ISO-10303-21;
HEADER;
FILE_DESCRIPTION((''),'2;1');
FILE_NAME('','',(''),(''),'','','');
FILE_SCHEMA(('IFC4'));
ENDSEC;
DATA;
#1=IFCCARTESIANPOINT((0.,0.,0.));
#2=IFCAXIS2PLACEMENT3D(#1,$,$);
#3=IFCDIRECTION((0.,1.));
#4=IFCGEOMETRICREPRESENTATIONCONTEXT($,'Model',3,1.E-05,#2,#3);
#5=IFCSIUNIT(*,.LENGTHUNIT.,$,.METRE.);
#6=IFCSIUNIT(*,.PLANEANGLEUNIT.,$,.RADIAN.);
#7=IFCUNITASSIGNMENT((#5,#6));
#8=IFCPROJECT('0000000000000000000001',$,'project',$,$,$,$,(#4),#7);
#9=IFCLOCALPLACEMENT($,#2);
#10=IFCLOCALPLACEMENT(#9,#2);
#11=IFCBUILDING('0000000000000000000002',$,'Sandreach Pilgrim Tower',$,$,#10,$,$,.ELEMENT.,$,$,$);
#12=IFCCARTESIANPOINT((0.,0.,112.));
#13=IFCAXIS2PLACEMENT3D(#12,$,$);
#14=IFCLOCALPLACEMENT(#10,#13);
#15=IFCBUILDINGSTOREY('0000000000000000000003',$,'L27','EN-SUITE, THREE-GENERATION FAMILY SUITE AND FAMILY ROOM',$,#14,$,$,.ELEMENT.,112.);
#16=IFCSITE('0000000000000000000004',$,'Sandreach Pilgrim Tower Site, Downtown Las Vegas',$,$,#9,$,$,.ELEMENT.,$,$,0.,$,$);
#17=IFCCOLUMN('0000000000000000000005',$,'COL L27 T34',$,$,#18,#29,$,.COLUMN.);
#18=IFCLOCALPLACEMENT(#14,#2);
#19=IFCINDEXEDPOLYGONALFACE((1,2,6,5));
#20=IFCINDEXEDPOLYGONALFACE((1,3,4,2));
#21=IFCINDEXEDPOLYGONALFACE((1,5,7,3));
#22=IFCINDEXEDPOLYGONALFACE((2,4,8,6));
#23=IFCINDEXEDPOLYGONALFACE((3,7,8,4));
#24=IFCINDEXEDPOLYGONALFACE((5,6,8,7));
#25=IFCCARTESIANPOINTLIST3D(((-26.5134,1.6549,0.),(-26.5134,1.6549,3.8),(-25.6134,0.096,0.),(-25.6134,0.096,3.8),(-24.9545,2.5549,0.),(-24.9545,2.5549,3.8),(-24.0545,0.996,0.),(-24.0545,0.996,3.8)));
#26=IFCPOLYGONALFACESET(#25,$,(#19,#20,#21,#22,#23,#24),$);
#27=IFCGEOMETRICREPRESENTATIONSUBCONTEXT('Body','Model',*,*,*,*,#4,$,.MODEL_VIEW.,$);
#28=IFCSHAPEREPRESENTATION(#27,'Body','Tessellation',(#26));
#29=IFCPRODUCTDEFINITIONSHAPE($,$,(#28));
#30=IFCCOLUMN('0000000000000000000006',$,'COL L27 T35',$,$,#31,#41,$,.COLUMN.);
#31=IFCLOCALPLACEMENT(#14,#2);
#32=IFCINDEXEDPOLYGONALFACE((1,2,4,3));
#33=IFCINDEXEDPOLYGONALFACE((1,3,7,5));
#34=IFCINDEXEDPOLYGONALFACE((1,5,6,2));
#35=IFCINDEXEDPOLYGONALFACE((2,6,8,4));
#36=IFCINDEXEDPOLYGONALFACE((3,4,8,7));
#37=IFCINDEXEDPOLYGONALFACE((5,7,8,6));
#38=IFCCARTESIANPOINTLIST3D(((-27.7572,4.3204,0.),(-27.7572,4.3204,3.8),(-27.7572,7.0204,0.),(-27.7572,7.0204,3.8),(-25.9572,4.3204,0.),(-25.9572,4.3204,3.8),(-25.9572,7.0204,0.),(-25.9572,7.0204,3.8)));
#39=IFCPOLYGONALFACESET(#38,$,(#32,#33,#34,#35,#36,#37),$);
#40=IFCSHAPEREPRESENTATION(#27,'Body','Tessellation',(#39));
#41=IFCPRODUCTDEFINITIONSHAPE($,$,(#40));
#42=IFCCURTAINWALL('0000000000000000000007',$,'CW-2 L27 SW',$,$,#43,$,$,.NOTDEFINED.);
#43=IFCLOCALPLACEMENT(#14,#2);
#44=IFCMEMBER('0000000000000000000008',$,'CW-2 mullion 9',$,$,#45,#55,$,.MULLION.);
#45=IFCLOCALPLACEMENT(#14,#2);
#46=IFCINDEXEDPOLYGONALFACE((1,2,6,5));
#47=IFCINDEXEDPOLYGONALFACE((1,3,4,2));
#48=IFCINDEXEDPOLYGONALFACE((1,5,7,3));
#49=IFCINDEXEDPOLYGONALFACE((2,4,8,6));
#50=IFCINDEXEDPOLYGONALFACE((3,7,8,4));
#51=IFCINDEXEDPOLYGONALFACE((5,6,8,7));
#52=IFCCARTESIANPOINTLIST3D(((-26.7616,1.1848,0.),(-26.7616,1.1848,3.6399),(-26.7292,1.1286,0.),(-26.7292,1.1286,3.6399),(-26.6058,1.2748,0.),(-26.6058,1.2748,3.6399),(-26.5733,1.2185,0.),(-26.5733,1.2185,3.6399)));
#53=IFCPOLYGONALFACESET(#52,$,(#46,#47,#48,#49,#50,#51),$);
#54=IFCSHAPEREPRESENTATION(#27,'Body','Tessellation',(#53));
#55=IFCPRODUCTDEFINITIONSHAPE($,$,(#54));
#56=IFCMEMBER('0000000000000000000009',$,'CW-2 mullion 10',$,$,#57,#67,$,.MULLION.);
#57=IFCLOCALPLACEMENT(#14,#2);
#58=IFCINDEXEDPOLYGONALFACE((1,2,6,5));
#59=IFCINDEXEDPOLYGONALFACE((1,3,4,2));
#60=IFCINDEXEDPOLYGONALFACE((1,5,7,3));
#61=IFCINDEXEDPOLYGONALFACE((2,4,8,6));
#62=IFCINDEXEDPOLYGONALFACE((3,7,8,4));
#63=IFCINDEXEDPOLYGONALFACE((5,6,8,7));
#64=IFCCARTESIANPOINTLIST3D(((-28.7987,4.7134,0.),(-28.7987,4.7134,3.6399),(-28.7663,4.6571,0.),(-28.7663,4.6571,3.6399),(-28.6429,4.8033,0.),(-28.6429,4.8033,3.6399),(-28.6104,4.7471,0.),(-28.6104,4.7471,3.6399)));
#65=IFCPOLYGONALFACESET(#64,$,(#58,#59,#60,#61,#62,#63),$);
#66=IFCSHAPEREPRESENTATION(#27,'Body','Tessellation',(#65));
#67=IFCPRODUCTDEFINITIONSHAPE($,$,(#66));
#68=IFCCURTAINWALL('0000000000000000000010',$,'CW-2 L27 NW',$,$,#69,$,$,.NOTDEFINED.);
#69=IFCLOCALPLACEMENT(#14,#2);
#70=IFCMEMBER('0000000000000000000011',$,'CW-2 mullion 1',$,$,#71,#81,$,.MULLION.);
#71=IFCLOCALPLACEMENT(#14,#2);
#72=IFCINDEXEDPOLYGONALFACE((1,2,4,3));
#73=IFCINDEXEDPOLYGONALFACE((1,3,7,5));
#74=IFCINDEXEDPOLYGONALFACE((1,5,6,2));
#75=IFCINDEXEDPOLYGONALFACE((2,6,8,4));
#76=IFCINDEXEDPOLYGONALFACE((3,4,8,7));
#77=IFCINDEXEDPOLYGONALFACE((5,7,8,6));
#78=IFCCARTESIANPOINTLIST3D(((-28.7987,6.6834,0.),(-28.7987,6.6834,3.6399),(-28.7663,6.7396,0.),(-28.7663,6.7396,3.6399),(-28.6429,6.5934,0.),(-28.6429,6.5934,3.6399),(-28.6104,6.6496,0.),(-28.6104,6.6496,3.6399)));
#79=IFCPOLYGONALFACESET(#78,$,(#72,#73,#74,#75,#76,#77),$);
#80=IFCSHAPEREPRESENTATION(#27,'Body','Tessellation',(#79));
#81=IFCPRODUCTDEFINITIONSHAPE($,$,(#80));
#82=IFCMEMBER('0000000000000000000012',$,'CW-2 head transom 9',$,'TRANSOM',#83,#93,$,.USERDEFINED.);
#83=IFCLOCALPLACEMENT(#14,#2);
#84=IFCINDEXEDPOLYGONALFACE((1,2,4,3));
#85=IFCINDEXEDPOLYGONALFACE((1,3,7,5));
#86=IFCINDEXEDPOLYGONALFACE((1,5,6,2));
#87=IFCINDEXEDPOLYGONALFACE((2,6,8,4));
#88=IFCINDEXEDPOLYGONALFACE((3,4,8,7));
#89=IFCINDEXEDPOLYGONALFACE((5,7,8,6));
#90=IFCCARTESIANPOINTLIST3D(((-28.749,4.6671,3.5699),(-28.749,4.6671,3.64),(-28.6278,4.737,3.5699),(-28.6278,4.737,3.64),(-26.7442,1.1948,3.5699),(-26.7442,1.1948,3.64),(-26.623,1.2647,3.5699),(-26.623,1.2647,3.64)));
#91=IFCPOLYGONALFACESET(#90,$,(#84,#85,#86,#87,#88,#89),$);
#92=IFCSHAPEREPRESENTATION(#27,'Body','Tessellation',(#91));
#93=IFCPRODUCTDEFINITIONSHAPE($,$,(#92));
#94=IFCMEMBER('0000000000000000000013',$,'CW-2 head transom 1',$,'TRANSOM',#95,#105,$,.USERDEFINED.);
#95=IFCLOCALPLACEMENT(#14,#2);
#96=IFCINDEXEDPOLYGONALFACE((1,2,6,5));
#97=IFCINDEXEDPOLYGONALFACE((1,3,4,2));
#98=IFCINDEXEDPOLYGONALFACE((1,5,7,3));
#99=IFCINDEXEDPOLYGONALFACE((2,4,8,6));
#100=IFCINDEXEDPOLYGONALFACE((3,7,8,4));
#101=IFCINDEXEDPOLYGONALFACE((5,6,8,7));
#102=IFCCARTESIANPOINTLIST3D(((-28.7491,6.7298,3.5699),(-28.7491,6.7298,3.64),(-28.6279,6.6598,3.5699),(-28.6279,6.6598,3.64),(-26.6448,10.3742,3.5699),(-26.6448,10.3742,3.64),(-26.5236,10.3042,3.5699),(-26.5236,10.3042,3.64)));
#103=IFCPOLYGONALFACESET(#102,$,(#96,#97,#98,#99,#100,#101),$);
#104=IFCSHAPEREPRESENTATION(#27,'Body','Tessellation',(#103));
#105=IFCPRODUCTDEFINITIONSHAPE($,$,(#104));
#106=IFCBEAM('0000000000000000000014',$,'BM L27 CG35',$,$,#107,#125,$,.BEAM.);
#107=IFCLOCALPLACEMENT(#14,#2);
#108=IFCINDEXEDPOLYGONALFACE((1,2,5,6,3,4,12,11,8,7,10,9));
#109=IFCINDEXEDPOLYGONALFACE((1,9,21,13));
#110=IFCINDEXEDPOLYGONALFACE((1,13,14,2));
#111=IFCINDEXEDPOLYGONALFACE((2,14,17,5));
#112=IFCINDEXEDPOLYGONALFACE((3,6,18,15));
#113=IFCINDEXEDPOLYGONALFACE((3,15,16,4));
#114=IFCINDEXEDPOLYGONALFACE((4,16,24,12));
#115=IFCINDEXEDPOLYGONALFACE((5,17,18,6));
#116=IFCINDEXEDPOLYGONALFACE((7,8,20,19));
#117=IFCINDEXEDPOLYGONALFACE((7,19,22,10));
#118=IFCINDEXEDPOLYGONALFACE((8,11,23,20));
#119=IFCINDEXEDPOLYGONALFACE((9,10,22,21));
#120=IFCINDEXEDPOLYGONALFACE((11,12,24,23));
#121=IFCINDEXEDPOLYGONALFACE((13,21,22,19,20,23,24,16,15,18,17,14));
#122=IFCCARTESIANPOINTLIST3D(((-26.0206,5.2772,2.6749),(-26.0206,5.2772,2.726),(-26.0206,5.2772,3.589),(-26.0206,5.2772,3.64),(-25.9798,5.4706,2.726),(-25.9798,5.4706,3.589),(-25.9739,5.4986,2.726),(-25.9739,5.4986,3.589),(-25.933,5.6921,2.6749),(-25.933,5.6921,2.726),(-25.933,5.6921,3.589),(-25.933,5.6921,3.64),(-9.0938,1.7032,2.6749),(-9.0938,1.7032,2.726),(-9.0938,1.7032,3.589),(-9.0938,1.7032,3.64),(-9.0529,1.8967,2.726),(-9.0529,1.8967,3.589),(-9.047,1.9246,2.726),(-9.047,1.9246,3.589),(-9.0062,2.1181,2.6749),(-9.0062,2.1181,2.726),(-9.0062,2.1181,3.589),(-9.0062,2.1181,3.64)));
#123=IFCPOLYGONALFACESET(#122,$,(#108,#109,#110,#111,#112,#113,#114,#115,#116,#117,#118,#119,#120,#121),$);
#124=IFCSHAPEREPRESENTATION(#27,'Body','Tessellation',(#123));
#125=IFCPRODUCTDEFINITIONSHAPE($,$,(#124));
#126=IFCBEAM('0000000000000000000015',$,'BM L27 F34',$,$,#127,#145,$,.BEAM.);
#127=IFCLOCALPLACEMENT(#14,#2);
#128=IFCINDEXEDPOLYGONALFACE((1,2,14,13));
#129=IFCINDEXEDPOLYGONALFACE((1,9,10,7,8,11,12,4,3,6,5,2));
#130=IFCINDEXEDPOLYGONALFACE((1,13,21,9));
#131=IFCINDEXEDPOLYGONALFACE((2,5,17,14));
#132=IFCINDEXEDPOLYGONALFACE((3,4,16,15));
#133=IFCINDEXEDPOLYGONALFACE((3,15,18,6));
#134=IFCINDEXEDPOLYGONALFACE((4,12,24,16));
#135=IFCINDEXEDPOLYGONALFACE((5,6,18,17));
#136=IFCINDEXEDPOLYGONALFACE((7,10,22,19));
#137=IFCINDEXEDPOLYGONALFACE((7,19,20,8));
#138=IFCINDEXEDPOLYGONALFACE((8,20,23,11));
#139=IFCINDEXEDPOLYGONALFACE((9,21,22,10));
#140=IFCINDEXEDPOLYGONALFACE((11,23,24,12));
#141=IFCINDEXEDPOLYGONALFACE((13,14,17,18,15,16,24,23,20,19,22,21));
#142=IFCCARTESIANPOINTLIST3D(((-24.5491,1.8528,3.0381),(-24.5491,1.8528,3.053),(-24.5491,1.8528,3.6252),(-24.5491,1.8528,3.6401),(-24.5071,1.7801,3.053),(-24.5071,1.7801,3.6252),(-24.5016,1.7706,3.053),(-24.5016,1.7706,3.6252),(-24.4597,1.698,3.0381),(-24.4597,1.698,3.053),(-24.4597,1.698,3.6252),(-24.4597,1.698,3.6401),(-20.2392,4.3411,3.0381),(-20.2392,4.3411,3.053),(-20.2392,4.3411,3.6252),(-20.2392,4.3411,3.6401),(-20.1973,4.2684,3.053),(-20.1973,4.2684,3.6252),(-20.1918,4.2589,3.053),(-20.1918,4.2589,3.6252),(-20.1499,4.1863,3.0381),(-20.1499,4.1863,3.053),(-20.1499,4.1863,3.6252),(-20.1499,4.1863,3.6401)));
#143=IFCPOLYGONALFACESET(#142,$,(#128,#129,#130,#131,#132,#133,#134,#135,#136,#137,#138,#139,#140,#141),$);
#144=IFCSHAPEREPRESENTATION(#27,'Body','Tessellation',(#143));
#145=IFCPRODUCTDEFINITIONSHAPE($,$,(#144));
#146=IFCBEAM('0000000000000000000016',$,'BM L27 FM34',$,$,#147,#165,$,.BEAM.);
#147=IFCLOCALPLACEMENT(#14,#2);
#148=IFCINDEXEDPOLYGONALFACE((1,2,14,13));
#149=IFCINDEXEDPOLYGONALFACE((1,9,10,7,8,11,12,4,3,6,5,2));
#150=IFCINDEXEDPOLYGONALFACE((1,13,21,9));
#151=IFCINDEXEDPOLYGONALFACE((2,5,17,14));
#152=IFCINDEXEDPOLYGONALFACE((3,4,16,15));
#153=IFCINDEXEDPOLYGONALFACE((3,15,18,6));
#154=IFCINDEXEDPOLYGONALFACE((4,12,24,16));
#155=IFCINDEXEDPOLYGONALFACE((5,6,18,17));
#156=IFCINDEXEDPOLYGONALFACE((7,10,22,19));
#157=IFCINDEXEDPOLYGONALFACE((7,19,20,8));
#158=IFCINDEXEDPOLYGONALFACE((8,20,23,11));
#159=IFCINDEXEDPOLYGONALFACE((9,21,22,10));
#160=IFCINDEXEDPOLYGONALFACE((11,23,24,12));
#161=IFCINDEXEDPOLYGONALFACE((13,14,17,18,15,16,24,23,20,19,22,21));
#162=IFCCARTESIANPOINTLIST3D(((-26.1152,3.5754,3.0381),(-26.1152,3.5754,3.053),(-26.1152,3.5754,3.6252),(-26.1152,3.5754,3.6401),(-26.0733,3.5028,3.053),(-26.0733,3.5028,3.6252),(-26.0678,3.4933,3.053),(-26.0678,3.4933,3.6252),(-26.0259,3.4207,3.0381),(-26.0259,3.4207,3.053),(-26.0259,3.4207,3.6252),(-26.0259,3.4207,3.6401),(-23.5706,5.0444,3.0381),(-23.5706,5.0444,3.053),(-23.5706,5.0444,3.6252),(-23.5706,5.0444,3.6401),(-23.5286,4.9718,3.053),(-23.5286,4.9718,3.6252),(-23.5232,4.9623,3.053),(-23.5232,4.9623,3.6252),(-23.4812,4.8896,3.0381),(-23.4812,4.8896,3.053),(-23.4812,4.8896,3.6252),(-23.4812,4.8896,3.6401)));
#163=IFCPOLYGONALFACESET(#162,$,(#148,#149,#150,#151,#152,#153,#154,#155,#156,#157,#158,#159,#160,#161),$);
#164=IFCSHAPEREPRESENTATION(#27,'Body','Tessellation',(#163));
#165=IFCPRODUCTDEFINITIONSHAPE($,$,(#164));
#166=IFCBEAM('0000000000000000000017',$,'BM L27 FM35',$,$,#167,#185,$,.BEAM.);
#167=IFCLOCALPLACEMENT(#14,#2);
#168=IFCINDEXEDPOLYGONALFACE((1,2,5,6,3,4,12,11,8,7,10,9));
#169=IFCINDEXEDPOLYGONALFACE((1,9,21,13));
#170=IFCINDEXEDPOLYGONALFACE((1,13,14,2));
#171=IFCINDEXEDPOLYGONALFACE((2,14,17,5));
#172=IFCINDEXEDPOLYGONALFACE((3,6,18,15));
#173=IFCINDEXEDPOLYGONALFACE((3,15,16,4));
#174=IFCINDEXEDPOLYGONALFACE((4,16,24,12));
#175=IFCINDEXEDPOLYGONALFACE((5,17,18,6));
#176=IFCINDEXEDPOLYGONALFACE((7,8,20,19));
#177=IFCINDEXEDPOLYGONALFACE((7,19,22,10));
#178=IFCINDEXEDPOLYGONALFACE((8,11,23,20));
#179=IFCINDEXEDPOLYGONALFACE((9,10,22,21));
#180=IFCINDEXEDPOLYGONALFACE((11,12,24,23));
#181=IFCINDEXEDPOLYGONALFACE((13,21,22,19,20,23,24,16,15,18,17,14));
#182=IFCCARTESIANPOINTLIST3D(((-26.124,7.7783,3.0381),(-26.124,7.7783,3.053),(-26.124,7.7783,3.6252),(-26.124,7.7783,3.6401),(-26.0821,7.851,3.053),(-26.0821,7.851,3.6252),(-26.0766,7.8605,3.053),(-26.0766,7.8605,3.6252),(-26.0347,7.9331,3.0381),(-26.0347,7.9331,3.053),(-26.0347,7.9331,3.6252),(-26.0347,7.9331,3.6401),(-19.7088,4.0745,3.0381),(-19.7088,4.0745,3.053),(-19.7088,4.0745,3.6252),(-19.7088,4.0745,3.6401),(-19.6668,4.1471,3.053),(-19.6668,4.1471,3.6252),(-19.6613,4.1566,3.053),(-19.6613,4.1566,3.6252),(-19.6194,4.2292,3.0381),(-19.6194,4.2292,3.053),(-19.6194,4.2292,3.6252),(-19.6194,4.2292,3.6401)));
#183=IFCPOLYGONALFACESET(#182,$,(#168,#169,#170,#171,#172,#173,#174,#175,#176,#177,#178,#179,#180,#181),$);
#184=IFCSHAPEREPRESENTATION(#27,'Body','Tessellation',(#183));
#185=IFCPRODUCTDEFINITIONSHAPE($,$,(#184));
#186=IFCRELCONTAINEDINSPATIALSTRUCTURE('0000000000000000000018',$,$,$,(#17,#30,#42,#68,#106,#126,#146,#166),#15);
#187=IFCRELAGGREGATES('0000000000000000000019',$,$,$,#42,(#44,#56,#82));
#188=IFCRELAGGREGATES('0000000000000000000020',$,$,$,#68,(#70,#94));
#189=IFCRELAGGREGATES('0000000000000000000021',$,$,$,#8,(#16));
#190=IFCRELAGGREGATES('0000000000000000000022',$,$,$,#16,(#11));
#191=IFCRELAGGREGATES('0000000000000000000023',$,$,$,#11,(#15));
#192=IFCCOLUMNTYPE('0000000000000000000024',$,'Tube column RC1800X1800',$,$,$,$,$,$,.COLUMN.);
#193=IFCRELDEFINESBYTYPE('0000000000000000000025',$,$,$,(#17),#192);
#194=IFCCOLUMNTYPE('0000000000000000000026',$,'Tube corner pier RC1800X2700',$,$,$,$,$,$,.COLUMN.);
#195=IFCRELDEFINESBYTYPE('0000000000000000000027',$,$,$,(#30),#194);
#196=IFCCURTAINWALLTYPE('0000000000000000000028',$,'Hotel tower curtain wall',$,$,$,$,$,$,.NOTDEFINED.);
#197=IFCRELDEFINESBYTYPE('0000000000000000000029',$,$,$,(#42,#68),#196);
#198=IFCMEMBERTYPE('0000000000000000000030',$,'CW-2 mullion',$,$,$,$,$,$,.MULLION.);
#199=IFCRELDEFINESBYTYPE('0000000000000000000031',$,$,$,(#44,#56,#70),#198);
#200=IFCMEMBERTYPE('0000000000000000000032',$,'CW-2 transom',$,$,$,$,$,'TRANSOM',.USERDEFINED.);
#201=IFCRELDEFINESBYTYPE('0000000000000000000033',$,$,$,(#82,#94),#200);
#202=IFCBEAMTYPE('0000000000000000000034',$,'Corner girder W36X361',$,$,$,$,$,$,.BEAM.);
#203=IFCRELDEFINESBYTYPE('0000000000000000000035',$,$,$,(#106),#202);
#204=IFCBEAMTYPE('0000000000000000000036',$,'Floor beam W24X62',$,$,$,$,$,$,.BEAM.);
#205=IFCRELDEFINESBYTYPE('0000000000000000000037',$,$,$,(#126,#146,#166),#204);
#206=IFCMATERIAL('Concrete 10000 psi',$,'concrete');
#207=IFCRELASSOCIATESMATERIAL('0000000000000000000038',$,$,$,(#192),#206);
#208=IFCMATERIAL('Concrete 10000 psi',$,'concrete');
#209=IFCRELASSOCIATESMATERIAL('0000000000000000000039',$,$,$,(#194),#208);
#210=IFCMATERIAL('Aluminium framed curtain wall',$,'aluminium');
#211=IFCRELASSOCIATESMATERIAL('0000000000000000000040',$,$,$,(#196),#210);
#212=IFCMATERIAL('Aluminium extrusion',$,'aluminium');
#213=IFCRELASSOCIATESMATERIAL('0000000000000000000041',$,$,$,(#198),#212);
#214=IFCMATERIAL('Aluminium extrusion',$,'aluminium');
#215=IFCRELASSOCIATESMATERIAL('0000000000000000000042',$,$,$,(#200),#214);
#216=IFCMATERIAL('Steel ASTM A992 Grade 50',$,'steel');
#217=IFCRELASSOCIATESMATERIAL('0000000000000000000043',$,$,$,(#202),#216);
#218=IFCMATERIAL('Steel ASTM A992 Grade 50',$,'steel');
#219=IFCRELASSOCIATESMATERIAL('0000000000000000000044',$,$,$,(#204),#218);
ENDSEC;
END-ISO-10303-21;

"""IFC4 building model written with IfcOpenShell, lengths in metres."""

from ifc_helpers import new_model, si_unit, direction, frame, origin, origin_2d, place, context, subcontext, project, spatial, rectangle, i_section, extrude, material, material_profile, profile_set, type_object, element, aggregate, save


model = new_model("IFC4")

# Units and contexts
model_context = context("Model", 3, precision=1e-05, world=origin(), true_north=direction((0.0, 1.0)))
body_context = subcontext(model_context, "Body", "Model", "MODEL_VIEW")
ifc_project = project(units=[si_unit("LENGTHUNIT", "METRE"), si_unit("PLANEANGLEUNIT", "RADIAN")], contexts=[model_context])

# Site, building, storey
site_placement = place(None, origin())
site = spatial("IfcSite", under=ifc_project, at=site_placement, Name="Sandreach Pilgrim Tower Site, Downtown Las Vegas", CompositionType="ELEMENT", RefElevation=0.0)
building_placement = place(site_placement, origin())
building = spatial("IfcBuilding", under=site, at=building_placement, Name="Sandreach Pilgrim Tower", CompositionType="ELEMENT")
storey_placement = place(building_placement, frame((0.0, 0.0, 112.0)))
storey = spatial("IfcBuildingStorey", under=building, at=storey_placement, Name="L27", Description="EN-SUITE, THREE-GENERATION FAMILY SUITE AND FAMILY ROOM", CompositionType="ELEMENT", Elevation=112.0)

# Columns
ifc_material_1 = material(Name="Concrete 10000 psi", Category="concrete")
ifc_material_profile_1 = material_profile(ifc_material_1, rectangle(XDim=1.8, YDim=1.8, at=origin_2d()), Name="RC1800X1800")
ifc_profile_set_1 = profile_set([ifc_material_profile_1], Name="Concrete 10000 psi")
column_type_1 = type_object("IfcColumnType", Name="Tube column RC1800X1800", PredefinedType="COLUMN", material=ifc_profile_set_1)
column_1_placement = place(storey_placement, frame((-25.2839, 1.3254, 0.0), z_axis=(0.0, 0.0, 1.0), x_axis=(-0.866025, -0.5, 0.0)))
element("IfcColumn", 1, at=column_1_placement, inside=storey, type_object=column_type_1, Name="COL L27 T34", PredefinedType="COLUMN", context=body_context, shape_type="SweptSolid", body=[
    extrude(rectangle(XDim=1.8, YDim=1.8, at=origin_2d()), origin(), (0.0, 0.0, 1.0), 3.8),
])
ifc_material_2 = material(Name="Concrete 10000 psi", Category="concrete")
ifc_material_profile_2 = material_profile(ifc_material_2, rectangle(XDim=1.8, YDim=2.7, at=origin_2d()), Name="RC1800X2700")
ifc_profile_set_2 = profile_set([ifc_material_profile_2], Name="Concrete 10000 psi")
column_type_2 = type_object("IfcColumnType", Name="Tube corner pier RC1800X2700", PredefinedType="COLUMN", material=ifc_profile_set_2)
column_2_placement = place(storey_placement, frame((-26.8572, 5.6704, 0.0), z_axis=(0.0, 0.0, 1.0), x_axis=(-1.0, 0.0, 0.0)))
element("IfcColumn", 2, at=column_2_placement, inside=storey, type_object=column_type_2, Name="COL L27 T35", PredefinedType="COLUMN", context=body_context, shape_type="SweptSolid", body=[
    extrude(rectangle(XDim=1.8, YDim=2.7, at=origin_2d()), origin(), (0.0, 0.0, 1.0), 3.8),
])

# Curtain wall, members
ifc_material_3 = material(Name="Aluminium framed curtain wall", Category="aluminium")
curtain_wall_type = type_object("IfcCurtainWallType", Name="Hotel tower curtain wall", PredefinedType="NOTDEFINED", material=ifc_material_3)
curtain_wall_1_placement = place(storey_placement, origin())
curtain_wall_1 = element("IfcCurtainWall", 3, at=curtain_wall_1_placement, inside=storey, type_object=curtain_wall_type, Name="CW-2 L27 SW", PredefinedType="NOTDEFINED")
ifc_material_4 = material(Name="Aluminium extrusion", Category="aluminium")
ifc_material_profile_3 = material_profile(ifc_material_4, rectangle(XDim=0.0649, YDim=0.1799, at=origin_2d()), Name="CW-2M 65X180")
ifc_profile_set_3 = profile_set([ifc_material_profile_3], Name="Aluminium extrusion")
member_type_1 = type_object("IfcMemberType", Name="CW-2 mullion", PredefinedType="MULLION", material=ifc_profile_set_3)
member_1_placement = place(storey_placement, frame((-26.6675, 1.2017, 0.0), z_axis=(0.0, 0.0, 1.0), x_axis=(-0.5, 0.866025, 0.0)))
member_1 = element("IfcMember", 4, at=member_1_placement, type_object=member_type_1, Name="CW-2 mullion 9", PredefinedType="MULLION", context=body_context, shape_type="SweptSolid", body=[
    extrude(rectangle(XDim=0.0649, YDim=0.1799, at=origin_2d()), origin(), (0.0, 0.0, 1.0), 3.6399),
])
member_2_placement = place(storey_placement, frame((-28.7046, 4.7302, 0.0), z_axis=(0.0, 0.0, 1.0), x_axis=(-0.5, 0.866025, 0.0)))
member_2 = element("IfcMember", 5, at=member_2_placement, type_object=member_type_1, Name="CW-2 mullion 10", PredefinedType="MULLION", context=body_context, shape_type="SweptSolid", body=[
    extrude(rectangle(XDim=0.0649, YDim=0.1799, at=origin_2d()), origin(), (0.0, 0.0, 1.0), 3.6399),
])

# Curtain wall, member
curtain_wall_2_placement = place(storey_placement, origin())
curtain_wall_2 = element("IfcCurtainWall", 6, at=curtain_wall_2_placement, inside=storey, type_object=curtain_wall_type, Name="CW-2 L27 NW", PredefinedType="NOTDEFINED")
member_3_placement = place(storey_placement, frame((-28.7046, 6.6665, 0.0), z_axis=(0.0, 0.0, 1.0), x_axis=(0.5, 0.866025, 0.0)))
member_3 = element("IfcMember", 7, at=member_3_placement, type_object=member_type_1, Name="CW-2 mullion 1", PredefinedType="MULLION", context=body_context, shape_type="SweptSolid", body=[
    extrude(rectangle(XDim=0.0649, YDim=0.1799, at=origin_2d()), origin(), (0.0, 0.0, 1.0), 3.6399),
])

# Members
ifc_material_5 = material(Name="Aluminium extrusion", Category="aluminium")
ifc_material_profile_4 = material_profile(ifc_material_5, rectangle(XDim=0.1399, YDim=0.0701, at=origin_2d()), Name="CW-2T 140X70")
ifc_profile_set_4 = profile_set([ifc_material_profile_4], Name="Aluminium extrusion")
member_type_2 = type_object("IfcMemberType", Name="CW-2 transom", ElementType="TRANSOM", PredefinedType="USERDEFINED", material=ifc_profile_set_4)
member_4_placement = place(storey_placement, frame((-26.6836, 1.2297, 3.605), z_axis=(-0.500016, 0.866016, 0.0), x_axis=(-0.866016, -0.500016, 0.0)))
member_4 = element("IfcMember", 8, at=member_4_placement, type_object=member_type_2, Name="CW-2 head transom 9", ObjectType="TRANSOM", PredefinedType="USERDEFINED", context=body_context, shape_type="SweptSolid", body=[
    extrude(rectangle(XDim=0.1399, YDim=0.0701, at=origin_2d()), origin(), (0.0, 0.0, 1.0), 4.0095),
])
member_5_placement = place(storey_placement, frame((-28.6885, 6.6948, 3.605), z_axis=(0.500039, 0.866003, 0.0), x_axis=(-0.866003, 0.500039, 0.0)))
member_5 = element("IfcMember", 9, at=member_5_placement, type_object=member_type_2, Name="CW-2 head transom 1", ObjectType="TRANSOM", PredefinedType="USERDEFINED", context=body_context, shape_type="SweptSolid", body=[
    extrude(rectangle(XDim=0.1399, YDim=0.0701, at=origin_2d()), origin(), (0.0, 0.0, 1.0), 4.2083),
])

# Beams
ifc_material_6 = material(Name="Steel ASTM A992 Grade 50", Category="steel")
ifc_material_profile_5 = material_profile(ifc_material_6, i_section(OverallWidth=0.4241, OverallDepth=0.9651, WebThickness=0.0286, FlangeThickness=0.051, at=origin_2d()), Name="W36X361")
ifc_profile_set_5 = profile_set([ifc_material_profile_5], Name="Steel ASTM A992 Grade 50")
beam_type_1 = type_object("IfcBeamType", Name="Corner girder W36X361", PredefinedType="BEAM", material=ifc_profile_set_5)
beam_1_placement = place(storey_placement, frame((-25.9768, 5.4846, 3.1575), z_axis=(0.978428, -0.206589, 0.0), x_axis=(0.206589, 0.978428, 0.0)))
element("IfcBeam", 10, at=beam_1_placement, inside=storey, type_object=beam_type_1, Name="BM L27 CG35", PredefinedType="BEAM", context=body_context, shape_type="SweptSolid", body=[
    extrude(i_section(OverallWidth=0.4241, OverallDepth=0.9651, WebThickness=0.0286, FlangeThickness=0.051, at=origin_2d()), origin(), (0.0, 0.0, 1.0), 17.3),
])
ifc_material_7 = material(Name="Steel ASTM A992 Grade 50", Category="steel")
ifc_material_profile_6 = material_profile(ifc_material_7, i_section(OverallWidth=0.1787, OverallDepth=0.6021, WebThickness=0.011, FlangeThickness=0.0149, at=origin_2d()), Name="W24X62")
ifc_profile_set_6 = profile_set([ifc_material_profile_6], Name="Steel ASTM A992 Grade 50")
beam_type_2 = type_object("IfcBeamType", Name="Floor beam W24X62", PredefinedType="BEAM", material=ifc_profile_set_6)
beam_2_placement = place(storey_placement, frame((-24.5044, 1.7754, 3.3391), z_axis=(0.866025, 0.500001, 0.0), x_axis=(-0.500001, 0.866025, 0.0)))
element("IfcBeam", 11, at=beam_2_placement, inside=storey, type_object=beam_type_2, Name="BM L27 F34", PredefinedType="BEAM", context=body_context, shape_type="SweptSolid", body=[
    extrude(i_section(OverallWidth=0.1787, OverallDepth=0.6021, WebThickness=0.011, FlangeThickness=0.0149, at=origin_2d()), origin(), (0.0, 0.0, 1.0), 4.9766),
])
beam_3_placement = place(storey_placement, frame((-26.0706, 3.498, 3.3391), z_axis=(0.866051, 0.499955, 0.0), x_axis=(-0.499955, 0.866051, 0.0)))
element("IfcBeam", 12, at=beam_3_placement, inside=storey, type_object=beam_type_2, Name="BM L27 FM34", PredefinedType="BEAM", context=body_context, shape_type="SweptSolid", body=[
    extrude(i_section(OverallWidth=0.1787, OverallDepth=0.6021, WebThickness=0.011, FlangeThickness=0.0149, at=origin_2d()), origin(), (0.0, 0.0, 1.0), 2.9382),
])
beam_4_placement = place(storey_placement, frame((-26.0793, 7.8557, 3.3391), z_axis=(0.866026, -0.499999, 0.0), x_axis=(0.499999, 0.866026, 0.0)))
element("IfcBeam", 13, at=beam_4_placement, inside=storey, type_object=beam_type_2, Name="BM L27 FM35", PredefinedType="BEAM", context=body_context, shape_type="SweptSolid", body=[
    extrude(i_section(OverallWidth=0.1787, OverallDepth=0.6021, WebThickness=0.011, FlangeThickness=0.0149, at=origin_2d()), origin(), (0.0, 0.0, 1.0), 7.4077),
])

aggregate(curtain_wall_1, [member_1, member_2, member_4])
aggregate(curtain_wall_2, [member_3, member_5])

save(model, "model.ifc")
